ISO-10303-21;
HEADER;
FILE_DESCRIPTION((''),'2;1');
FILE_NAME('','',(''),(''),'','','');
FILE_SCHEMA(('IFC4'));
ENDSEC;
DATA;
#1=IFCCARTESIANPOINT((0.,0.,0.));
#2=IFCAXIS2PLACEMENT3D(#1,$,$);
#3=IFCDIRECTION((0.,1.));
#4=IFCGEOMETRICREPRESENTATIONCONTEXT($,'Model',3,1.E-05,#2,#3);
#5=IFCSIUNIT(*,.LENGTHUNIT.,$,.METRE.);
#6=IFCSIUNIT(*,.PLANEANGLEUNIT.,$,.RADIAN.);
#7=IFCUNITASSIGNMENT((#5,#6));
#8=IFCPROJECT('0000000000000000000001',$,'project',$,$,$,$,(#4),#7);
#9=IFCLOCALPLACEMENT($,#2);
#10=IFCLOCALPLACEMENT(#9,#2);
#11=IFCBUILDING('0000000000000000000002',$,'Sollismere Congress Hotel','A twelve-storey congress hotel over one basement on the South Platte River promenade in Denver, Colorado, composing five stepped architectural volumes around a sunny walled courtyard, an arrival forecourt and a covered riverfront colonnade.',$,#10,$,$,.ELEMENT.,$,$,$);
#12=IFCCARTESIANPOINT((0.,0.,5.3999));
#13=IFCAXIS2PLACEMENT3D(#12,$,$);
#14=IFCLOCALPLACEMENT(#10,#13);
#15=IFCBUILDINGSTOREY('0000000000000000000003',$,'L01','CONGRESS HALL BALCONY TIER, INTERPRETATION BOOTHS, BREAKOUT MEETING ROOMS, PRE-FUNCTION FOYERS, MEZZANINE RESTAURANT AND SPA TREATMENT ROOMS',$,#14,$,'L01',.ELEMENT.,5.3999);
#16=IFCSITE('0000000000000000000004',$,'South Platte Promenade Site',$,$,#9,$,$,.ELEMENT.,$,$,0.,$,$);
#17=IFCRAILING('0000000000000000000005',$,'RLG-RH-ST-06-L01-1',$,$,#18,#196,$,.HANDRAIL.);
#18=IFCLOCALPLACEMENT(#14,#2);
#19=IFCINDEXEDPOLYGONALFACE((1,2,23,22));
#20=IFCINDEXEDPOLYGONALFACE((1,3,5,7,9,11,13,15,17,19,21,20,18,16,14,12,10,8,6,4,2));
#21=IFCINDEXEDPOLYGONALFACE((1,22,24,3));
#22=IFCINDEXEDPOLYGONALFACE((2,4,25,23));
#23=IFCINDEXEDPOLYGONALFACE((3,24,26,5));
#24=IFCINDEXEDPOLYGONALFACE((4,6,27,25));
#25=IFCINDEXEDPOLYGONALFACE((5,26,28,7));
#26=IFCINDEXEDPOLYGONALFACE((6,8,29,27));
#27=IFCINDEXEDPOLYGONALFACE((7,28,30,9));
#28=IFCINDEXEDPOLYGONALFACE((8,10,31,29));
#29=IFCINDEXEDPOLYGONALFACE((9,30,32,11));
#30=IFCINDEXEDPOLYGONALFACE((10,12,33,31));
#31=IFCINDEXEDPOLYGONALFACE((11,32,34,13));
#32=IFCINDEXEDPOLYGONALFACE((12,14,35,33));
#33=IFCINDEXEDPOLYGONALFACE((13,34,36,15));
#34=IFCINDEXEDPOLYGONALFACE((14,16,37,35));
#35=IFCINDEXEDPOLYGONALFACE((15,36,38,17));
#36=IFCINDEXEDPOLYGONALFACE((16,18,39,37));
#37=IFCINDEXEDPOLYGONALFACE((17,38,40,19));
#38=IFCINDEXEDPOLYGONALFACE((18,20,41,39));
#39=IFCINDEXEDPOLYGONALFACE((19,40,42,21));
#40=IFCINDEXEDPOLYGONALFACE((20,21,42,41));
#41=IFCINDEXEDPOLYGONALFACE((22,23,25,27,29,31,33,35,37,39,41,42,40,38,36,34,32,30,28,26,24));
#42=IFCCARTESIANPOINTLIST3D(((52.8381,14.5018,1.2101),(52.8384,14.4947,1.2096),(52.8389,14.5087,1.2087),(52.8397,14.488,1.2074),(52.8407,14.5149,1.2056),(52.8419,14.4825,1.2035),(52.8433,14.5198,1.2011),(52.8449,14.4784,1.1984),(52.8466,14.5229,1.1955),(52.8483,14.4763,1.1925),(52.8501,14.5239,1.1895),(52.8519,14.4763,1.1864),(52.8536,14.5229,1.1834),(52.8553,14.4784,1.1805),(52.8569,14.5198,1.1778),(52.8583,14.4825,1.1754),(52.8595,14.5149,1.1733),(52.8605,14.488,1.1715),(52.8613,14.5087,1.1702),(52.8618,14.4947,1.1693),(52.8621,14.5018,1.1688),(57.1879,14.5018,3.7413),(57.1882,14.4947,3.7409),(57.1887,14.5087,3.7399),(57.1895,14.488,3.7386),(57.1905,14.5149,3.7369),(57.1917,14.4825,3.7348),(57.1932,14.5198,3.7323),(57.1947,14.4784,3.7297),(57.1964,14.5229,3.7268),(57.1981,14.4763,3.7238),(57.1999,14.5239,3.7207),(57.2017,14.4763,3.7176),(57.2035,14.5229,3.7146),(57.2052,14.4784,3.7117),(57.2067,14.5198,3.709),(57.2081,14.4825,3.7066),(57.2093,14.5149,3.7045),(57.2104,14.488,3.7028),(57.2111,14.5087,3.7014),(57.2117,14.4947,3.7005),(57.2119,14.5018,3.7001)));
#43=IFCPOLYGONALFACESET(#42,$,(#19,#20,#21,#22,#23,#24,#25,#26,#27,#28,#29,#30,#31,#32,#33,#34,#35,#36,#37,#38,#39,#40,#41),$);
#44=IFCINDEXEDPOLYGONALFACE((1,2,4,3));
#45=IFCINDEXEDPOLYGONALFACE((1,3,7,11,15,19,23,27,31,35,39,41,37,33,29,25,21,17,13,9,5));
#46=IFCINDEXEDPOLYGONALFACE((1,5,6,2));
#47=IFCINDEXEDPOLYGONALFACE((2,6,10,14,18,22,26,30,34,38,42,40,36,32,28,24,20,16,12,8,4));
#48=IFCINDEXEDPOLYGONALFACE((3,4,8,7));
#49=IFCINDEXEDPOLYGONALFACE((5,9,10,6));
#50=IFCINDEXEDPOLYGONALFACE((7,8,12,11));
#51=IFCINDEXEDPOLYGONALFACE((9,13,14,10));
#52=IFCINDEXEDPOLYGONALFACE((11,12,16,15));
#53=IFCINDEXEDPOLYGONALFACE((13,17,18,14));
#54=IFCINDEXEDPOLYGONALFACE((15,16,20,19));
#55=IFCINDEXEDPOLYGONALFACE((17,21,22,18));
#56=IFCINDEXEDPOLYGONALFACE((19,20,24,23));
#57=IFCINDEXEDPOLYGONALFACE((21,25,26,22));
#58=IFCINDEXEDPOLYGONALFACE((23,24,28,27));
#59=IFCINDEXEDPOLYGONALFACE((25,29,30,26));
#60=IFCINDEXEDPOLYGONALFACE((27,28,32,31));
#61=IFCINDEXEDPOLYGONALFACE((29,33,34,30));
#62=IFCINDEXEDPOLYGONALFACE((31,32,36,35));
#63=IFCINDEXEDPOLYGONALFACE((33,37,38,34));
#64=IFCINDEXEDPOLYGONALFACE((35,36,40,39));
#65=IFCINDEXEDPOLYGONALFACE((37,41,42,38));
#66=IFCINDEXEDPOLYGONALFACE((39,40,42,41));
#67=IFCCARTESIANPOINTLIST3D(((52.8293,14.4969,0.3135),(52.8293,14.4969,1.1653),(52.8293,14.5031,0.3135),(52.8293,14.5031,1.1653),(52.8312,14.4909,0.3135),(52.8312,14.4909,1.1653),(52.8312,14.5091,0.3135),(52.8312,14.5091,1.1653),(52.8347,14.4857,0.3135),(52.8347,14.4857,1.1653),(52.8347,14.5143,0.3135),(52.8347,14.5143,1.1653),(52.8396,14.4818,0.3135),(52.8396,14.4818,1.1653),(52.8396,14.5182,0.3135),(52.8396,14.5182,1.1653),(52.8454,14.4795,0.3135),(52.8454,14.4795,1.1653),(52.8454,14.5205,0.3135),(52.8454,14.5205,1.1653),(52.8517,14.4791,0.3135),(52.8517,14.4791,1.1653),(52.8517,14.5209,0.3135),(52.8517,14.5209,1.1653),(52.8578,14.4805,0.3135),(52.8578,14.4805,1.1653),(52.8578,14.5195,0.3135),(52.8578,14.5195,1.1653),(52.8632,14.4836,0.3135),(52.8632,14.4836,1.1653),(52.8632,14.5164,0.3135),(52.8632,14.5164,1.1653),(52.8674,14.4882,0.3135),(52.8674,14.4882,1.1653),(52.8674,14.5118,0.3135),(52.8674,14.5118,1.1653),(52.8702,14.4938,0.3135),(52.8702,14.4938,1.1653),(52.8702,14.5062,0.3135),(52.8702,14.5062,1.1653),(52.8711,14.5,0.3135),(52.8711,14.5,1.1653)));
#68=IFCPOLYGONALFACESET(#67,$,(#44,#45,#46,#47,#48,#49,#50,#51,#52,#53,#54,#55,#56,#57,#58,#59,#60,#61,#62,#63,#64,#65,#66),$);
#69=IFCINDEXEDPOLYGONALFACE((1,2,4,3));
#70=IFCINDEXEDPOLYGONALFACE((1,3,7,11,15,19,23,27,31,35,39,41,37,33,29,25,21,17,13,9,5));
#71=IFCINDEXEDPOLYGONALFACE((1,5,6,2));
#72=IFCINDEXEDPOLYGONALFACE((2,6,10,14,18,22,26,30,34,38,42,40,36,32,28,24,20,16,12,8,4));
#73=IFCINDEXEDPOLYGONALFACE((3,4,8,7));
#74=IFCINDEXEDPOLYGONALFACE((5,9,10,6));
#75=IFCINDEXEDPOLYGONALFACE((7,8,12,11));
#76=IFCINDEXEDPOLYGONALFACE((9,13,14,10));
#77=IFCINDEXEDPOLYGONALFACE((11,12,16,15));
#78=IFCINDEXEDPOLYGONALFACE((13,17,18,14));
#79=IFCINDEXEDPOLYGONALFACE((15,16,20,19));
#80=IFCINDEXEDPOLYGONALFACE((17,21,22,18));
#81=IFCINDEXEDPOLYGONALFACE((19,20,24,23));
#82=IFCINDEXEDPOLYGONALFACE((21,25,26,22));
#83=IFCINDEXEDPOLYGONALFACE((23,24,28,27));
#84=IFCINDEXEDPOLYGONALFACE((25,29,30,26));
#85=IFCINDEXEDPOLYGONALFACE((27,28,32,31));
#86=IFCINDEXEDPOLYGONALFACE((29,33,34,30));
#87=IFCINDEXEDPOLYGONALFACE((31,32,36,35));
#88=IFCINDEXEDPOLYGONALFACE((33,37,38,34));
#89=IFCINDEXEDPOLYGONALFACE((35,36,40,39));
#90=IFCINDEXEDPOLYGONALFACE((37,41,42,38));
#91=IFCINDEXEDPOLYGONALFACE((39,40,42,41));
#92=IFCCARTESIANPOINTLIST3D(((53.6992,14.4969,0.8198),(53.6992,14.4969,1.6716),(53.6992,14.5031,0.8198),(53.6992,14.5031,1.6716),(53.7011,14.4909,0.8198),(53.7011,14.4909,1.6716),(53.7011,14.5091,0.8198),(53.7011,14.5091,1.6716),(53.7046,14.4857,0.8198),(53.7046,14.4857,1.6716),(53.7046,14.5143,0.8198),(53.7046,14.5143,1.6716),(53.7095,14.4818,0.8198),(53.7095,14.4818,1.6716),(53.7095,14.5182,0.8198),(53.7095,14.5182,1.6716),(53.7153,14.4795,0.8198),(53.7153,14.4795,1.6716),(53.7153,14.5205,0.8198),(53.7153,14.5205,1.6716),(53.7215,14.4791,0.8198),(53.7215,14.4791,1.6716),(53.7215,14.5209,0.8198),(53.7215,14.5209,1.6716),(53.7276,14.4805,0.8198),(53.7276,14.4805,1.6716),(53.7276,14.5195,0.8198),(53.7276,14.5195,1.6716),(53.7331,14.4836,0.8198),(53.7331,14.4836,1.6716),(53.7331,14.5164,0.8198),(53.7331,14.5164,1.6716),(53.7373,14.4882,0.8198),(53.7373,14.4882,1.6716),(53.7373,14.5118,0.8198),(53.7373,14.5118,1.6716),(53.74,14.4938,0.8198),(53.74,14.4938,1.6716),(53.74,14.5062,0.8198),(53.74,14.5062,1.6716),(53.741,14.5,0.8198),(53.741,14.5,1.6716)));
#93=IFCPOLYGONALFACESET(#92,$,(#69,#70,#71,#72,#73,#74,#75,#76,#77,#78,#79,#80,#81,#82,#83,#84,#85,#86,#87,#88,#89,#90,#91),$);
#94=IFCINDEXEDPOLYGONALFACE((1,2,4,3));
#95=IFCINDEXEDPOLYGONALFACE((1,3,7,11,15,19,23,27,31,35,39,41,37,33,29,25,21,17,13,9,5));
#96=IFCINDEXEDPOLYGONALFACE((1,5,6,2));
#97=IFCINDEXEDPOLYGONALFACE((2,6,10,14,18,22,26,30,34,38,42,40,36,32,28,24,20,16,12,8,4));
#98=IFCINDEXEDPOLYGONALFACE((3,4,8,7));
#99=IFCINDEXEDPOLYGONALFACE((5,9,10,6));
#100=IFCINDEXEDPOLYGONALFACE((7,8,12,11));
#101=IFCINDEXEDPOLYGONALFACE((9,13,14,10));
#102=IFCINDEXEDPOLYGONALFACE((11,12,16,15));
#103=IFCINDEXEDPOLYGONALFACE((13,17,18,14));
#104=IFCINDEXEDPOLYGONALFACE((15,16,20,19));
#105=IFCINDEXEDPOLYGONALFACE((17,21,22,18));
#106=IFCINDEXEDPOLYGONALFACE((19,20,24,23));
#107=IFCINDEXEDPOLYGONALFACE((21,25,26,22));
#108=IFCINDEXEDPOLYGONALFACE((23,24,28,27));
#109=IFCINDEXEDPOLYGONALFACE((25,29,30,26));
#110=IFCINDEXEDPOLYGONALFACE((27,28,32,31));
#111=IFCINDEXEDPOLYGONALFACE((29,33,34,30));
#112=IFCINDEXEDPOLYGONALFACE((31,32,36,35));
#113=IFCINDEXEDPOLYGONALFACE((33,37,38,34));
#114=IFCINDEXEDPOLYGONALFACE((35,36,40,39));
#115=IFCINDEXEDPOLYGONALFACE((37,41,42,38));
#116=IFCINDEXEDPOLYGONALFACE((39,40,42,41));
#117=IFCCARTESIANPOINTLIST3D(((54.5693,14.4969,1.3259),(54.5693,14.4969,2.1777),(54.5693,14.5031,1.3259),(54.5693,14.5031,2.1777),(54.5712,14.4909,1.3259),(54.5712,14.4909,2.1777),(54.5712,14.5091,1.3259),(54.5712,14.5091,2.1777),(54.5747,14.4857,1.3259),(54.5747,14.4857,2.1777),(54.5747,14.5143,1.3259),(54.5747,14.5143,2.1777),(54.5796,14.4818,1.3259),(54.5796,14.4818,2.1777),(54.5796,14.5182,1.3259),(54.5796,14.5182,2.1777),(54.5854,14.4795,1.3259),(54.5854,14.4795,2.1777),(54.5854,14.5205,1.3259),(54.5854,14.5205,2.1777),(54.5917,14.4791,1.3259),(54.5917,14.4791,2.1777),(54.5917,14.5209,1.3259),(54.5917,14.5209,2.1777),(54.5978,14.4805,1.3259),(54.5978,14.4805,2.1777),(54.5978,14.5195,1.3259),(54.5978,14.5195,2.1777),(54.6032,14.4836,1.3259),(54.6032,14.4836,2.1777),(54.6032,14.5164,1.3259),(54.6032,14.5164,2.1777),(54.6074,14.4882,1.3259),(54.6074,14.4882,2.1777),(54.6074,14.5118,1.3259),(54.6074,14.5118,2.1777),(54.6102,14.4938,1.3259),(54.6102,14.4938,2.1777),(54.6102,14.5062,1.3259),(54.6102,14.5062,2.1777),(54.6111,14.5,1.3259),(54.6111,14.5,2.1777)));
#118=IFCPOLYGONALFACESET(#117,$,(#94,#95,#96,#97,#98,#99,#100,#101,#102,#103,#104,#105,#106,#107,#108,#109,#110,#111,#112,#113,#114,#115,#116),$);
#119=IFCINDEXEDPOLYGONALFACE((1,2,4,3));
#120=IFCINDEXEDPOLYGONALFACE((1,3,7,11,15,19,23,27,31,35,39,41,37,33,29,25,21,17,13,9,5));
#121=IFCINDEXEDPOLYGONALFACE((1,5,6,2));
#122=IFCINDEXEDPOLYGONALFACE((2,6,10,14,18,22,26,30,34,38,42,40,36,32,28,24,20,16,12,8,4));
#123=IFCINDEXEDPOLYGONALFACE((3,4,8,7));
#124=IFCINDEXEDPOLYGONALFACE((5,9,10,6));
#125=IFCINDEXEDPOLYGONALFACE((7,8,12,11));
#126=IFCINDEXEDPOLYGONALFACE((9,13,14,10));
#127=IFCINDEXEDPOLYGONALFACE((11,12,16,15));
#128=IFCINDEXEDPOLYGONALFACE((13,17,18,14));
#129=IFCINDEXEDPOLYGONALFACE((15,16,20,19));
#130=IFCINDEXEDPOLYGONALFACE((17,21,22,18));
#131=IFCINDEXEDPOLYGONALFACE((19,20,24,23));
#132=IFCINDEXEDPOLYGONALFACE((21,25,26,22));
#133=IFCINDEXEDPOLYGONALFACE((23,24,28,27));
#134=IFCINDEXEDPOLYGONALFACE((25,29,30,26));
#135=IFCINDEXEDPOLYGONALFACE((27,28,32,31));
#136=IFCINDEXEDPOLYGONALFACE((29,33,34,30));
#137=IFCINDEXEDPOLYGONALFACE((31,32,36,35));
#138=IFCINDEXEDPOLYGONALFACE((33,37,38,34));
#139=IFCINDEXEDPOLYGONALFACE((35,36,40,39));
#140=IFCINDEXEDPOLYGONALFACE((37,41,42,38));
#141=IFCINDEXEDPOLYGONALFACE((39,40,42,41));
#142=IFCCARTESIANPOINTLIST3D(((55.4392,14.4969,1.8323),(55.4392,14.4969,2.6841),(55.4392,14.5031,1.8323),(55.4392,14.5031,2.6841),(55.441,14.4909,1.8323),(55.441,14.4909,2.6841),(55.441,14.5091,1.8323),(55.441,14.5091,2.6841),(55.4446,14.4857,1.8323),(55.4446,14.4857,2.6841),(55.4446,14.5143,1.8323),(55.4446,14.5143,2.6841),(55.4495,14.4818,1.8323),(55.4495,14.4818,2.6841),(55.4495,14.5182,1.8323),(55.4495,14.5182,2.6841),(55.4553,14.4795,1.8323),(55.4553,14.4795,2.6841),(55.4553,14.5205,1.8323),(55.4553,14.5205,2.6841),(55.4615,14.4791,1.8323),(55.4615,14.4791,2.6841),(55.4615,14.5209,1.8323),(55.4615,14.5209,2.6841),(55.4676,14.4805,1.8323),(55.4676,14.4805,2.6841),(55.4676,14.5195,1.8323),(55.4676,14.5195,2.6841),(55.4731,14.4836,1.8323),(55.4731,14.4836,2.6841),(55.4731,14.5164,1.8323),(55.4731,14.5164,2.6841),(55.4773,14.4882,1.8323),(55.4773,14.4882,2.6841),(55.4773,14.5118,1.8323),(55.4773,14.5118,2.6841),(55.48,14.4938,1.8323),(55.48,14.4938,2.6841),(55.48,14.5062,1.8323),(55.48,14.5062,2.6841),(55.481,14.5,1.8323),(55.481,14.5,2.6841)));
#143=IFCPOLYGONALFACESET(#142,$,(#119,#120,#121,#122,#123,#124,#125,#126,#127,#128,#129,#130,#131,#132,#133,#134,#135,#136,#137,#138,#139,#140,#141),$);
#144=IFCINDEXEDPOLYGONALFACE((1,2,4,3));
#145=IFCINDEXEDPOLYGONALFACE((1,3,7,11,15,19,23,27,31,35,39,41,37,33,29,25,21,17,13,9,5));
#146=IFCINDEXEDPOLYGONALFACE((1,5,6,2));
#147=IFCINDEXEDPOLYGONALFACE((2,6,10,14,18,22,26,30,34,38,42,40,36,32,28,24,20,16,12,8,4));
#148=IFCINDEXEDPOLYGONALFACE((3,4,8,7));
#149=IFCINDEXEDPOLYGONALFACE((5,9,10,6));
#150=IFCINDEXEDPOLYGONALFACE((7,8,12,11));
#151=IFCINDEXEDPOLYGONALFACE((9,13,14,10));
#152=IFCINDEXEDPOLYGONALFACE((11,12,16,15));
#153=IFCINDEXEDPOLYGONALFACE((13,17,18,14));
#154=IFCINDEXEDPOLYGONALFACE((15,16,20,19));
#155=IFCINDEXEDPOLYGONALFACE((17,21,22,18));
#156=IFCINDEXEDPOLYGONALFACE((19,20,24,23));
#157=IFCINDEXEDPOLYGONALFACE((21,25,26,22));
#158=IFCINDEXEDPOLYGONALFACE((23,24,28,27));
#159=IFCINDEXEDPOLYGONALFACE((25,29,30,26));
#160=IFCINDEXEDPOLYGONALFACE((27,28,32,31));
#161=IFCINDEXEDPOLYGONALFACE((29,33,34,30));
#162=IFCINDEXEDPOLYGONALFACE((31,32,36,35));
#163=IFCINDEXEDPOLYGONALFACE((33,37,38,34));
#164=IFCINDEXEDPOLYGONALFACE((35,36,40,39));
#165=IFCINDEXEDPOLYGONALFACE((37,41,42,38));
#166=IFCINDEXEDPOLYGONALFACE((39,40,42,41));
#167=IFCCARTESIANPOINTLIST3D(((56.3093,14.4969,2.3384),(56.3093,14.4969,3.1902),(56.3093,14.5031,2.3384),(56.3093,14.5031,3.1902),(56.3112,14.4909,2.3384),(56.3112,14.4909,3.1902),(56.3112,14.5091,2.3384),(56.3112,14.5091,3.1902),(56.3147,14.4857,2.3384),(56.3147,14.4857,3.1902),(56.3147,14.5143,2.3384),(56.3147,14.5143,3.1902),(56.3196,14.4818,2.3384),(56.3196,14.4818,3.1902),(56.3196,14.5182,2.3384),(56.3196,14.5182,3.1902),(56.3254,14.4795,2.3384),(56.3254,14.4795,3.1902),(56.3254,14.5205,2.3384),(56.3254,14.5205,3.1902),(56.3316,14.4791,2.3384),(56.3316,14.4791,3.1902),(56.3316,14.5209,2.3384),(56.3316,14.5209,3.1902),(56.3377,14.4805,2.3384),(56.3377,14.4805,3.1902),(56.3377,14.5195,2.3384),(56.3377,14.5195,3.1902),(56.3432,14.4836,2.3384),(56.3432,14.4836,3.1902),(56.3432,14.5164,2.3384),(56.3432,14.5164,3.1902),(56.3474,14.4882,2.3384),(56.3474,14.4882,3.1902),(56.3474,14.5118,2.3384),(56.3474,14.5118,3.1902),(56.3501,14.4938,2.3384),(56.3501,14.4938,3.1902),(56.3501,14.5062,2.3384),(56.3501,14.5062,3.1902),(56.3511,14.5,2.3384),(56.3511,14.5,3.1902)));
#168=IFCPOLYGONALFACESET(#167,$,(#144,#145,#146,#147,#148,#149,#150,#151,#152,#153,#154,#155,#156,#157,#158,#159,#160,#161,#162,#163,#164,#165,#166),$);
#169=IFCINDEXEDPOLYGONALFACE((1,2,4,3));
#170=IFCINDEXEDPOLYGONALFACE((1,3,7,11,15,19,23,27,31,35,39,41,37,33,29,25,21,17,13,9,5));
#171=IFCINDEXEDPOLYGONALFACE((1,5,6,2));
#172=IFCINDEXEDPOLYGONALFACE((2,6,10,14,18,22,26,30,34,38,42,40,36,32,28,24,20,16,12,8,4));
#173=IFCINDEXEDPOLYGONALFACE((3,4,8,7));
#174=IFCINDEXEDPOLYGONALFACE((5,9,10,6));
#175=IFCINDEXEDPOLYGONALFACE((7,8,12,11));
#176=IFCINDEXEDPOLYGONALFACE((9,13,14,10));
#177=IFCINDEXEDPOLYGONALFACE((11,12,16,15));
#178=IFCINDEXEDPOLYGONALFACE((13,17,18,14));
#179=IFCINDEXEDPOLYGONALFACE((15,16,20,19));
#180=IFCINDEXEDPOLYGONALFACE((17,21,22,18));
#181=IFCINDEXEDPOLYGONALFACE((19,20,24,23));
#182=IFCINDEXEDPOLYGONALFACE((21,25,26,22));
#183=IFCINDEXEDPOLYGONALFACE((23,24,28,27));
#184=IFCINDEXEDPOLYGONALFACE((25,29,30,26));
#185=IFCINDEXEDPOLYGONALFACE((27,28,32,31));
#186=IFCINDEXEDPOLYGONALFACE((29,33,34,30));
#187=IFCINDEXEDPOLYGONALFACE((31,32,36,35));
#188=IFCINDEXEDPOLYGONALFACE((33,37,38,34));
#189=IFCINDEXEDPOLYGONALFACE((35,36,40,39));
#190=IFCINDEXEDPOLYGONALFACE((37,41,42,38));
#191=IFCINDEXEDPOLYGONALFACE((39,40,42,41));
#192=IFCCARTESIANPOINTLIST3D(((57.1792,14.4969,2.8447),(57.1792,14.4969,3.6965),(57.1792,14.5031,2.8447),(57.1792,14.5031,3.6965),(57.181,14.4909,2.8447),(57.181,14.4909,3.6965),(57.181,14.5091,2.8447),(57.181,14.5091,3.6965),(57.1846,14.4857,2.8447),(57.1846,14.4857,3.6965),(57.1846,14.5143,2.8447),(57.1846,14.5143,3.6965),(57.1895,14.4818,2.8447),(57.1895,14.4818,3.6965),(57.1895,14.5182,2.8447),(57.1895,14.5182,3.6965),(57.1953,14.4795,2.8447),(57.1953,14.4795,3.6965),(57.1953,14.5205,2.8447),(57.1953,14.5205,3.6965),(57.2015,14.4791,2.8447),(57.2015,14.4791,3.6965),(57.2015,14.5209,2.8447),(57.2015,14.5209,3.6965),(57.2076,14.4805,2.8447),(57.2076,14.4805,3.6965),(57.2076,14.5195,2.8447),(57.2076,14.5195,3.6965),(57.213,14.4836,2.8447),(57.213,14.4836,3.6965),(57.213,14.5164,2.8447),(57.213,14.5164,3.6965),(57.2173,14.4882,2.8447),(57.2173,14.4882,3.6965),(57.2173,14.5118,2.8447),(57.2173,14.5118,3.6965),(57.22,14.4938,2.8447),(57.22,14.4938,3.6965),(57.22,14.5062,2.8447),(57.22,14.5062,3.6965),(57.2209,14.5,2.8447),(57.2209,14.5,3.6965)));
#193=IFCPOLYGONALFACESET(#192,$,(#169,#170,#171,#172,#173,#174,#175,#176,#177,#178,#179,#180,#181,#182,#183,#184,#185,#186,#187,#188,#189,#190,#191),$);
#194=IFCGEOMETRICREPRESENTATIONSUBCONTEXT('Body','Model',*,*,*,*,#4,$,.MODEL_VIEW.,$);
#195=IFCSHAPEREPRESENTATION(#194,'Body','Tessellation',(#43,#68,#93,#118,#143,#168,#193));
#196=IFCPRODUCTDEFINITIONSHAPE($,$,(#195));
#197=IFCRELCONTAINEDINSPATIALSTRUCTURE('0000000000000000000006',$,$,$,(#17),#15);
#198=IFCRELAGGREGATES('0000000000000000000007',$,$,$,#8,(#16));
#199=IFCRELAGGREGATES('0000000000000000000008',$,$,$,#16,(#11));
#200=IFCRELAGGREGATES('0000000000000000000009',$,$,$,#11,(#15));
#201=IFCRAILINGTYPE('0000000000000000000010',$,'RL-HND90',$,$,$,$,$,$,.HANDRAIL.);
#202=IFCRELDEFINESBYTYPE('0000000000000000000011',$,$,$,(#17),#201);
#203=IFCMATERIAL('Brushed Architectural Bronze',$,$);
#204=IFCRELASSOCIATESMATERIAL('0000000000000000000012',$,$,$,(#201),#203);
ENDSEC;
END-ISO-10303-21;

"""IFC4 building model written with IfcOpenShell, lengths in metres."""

from ifc_helpers import new_model, si_unit, direction, frame, origin, origin_2d, place, context, subcontext, project, spatial, circle, extrude, material, type_object, element, save


model = new_model("IFC4")

# Units and contexts
model_context = context("Model", 3, precision=1e-05, world=origin(), true_north=direction((0.0, 1.0)))
body_context = subcontext(model_context, "Body", "Model", "MODEL_VIEW")
ifc_project = project(units=[si_unit("LENGTHUNIT", "METRE"), si_unit("PLANEANGLEUNIT", "RADIAN")], contexts=[model_context])

# Site, building, storey
site_placement = place(None, origin())
site = spatial("IfcSite", under=ifc_project, at=site_placement, Name="South Platte Promenade Site", CompositionType="ELEMENT", RefElevation=0.0)
building_placement = place(site_placement, origin())
building = spatial("IfcBuilding", under=site, at=building_placement, Name="Sollismere Congress Hotel", Description="A twelve-storey congress hotel over one basement on the South Platte River promenade in Denver, Colorado, composing five stepped architectural volumes around a sunny walled courtyard, an arrival forecourt and a covered riverfront colonnade.", CompositionType="ELEMENT")
storey_placement = place(building_placement, frame((0.0, 0.0, 5.3999)))
storey = spatial("IfcBuildingStorey", under=building, at=storey_placement, Name="L01", Description="CONGRESS HALL BALCONY TIER, INTERPRETATION BOOTHS, BREAKOUT MEETING ROOMS, PRE-FUNCTION FOYERS, MEZZANINE RESTAURANT AND SPA TREATMENT ROOMS", LongName="L01", CompositionType="ELEMENT", Elevation=5.3999)

# Railing
ifc_material_1 = material(Name="Brushed Architectural Bronze")
railing_type_1 = type_object("IfcRailingType", Name="RL-HND90", PredefinedType="HANDRAIL", material=ifc_material_1)
railing_1_placement = place(storey_placement, frame((52.8501, 14.5, 0.3135)))
element("IfcRailing", 1, at=railing_1_placement, inside=storey, type_object=railing_type_1, Name="RLG-RH-ST-06-L01-1", PredefinedType="HANDRAIL", context=body_context, shape_type="SweptSolid", body=[
    extrude(circle(Radius=0.0239, at=origin_2d()), frame((0.0, 0.0, 0.876), z_axis=(0.864312, 0.0, 0.502957), x_axis=(0.0, 1.0, 0.0)), (0.0, 0.0, 1.0), 5.0327),
    extrude(circle(Radius=0.021, at=origin_2d()), origin(), (0.0, 0.0, 1.0), 0.8518),
    extrude(circle(Radius=0.021, at=origin_2d()), frame((0.8699, 0.0, 0.5063)), (0.0, 0.0, 1.0), 0.8518),
    extrude(circle(Radius=0.021, at=origin_2d()), frame((1.74, 0.0, 1.0125)), (0.0, 0.0, 1.0), 0.8518),
    extrude(circle(Radius=0.021, at=origin_2d()), frame((2.6099, 0.0, 1.5188)), (0.0, 0.0, 1.0), 0.8518),
    extrude(circle(Radius=0.021, at=origin_2d()), frame((3.48, 0.0, 2.0249)), (0.0, 0.0, 1.0), 0.8518),
    extrude(circle(Radius=0.021, at=origin_2d()), frame((4.3499, 0.0, 2.5312)), (0.0, 0.0, 1.0), 0.8518),
])

save(model, "model.ifc")
